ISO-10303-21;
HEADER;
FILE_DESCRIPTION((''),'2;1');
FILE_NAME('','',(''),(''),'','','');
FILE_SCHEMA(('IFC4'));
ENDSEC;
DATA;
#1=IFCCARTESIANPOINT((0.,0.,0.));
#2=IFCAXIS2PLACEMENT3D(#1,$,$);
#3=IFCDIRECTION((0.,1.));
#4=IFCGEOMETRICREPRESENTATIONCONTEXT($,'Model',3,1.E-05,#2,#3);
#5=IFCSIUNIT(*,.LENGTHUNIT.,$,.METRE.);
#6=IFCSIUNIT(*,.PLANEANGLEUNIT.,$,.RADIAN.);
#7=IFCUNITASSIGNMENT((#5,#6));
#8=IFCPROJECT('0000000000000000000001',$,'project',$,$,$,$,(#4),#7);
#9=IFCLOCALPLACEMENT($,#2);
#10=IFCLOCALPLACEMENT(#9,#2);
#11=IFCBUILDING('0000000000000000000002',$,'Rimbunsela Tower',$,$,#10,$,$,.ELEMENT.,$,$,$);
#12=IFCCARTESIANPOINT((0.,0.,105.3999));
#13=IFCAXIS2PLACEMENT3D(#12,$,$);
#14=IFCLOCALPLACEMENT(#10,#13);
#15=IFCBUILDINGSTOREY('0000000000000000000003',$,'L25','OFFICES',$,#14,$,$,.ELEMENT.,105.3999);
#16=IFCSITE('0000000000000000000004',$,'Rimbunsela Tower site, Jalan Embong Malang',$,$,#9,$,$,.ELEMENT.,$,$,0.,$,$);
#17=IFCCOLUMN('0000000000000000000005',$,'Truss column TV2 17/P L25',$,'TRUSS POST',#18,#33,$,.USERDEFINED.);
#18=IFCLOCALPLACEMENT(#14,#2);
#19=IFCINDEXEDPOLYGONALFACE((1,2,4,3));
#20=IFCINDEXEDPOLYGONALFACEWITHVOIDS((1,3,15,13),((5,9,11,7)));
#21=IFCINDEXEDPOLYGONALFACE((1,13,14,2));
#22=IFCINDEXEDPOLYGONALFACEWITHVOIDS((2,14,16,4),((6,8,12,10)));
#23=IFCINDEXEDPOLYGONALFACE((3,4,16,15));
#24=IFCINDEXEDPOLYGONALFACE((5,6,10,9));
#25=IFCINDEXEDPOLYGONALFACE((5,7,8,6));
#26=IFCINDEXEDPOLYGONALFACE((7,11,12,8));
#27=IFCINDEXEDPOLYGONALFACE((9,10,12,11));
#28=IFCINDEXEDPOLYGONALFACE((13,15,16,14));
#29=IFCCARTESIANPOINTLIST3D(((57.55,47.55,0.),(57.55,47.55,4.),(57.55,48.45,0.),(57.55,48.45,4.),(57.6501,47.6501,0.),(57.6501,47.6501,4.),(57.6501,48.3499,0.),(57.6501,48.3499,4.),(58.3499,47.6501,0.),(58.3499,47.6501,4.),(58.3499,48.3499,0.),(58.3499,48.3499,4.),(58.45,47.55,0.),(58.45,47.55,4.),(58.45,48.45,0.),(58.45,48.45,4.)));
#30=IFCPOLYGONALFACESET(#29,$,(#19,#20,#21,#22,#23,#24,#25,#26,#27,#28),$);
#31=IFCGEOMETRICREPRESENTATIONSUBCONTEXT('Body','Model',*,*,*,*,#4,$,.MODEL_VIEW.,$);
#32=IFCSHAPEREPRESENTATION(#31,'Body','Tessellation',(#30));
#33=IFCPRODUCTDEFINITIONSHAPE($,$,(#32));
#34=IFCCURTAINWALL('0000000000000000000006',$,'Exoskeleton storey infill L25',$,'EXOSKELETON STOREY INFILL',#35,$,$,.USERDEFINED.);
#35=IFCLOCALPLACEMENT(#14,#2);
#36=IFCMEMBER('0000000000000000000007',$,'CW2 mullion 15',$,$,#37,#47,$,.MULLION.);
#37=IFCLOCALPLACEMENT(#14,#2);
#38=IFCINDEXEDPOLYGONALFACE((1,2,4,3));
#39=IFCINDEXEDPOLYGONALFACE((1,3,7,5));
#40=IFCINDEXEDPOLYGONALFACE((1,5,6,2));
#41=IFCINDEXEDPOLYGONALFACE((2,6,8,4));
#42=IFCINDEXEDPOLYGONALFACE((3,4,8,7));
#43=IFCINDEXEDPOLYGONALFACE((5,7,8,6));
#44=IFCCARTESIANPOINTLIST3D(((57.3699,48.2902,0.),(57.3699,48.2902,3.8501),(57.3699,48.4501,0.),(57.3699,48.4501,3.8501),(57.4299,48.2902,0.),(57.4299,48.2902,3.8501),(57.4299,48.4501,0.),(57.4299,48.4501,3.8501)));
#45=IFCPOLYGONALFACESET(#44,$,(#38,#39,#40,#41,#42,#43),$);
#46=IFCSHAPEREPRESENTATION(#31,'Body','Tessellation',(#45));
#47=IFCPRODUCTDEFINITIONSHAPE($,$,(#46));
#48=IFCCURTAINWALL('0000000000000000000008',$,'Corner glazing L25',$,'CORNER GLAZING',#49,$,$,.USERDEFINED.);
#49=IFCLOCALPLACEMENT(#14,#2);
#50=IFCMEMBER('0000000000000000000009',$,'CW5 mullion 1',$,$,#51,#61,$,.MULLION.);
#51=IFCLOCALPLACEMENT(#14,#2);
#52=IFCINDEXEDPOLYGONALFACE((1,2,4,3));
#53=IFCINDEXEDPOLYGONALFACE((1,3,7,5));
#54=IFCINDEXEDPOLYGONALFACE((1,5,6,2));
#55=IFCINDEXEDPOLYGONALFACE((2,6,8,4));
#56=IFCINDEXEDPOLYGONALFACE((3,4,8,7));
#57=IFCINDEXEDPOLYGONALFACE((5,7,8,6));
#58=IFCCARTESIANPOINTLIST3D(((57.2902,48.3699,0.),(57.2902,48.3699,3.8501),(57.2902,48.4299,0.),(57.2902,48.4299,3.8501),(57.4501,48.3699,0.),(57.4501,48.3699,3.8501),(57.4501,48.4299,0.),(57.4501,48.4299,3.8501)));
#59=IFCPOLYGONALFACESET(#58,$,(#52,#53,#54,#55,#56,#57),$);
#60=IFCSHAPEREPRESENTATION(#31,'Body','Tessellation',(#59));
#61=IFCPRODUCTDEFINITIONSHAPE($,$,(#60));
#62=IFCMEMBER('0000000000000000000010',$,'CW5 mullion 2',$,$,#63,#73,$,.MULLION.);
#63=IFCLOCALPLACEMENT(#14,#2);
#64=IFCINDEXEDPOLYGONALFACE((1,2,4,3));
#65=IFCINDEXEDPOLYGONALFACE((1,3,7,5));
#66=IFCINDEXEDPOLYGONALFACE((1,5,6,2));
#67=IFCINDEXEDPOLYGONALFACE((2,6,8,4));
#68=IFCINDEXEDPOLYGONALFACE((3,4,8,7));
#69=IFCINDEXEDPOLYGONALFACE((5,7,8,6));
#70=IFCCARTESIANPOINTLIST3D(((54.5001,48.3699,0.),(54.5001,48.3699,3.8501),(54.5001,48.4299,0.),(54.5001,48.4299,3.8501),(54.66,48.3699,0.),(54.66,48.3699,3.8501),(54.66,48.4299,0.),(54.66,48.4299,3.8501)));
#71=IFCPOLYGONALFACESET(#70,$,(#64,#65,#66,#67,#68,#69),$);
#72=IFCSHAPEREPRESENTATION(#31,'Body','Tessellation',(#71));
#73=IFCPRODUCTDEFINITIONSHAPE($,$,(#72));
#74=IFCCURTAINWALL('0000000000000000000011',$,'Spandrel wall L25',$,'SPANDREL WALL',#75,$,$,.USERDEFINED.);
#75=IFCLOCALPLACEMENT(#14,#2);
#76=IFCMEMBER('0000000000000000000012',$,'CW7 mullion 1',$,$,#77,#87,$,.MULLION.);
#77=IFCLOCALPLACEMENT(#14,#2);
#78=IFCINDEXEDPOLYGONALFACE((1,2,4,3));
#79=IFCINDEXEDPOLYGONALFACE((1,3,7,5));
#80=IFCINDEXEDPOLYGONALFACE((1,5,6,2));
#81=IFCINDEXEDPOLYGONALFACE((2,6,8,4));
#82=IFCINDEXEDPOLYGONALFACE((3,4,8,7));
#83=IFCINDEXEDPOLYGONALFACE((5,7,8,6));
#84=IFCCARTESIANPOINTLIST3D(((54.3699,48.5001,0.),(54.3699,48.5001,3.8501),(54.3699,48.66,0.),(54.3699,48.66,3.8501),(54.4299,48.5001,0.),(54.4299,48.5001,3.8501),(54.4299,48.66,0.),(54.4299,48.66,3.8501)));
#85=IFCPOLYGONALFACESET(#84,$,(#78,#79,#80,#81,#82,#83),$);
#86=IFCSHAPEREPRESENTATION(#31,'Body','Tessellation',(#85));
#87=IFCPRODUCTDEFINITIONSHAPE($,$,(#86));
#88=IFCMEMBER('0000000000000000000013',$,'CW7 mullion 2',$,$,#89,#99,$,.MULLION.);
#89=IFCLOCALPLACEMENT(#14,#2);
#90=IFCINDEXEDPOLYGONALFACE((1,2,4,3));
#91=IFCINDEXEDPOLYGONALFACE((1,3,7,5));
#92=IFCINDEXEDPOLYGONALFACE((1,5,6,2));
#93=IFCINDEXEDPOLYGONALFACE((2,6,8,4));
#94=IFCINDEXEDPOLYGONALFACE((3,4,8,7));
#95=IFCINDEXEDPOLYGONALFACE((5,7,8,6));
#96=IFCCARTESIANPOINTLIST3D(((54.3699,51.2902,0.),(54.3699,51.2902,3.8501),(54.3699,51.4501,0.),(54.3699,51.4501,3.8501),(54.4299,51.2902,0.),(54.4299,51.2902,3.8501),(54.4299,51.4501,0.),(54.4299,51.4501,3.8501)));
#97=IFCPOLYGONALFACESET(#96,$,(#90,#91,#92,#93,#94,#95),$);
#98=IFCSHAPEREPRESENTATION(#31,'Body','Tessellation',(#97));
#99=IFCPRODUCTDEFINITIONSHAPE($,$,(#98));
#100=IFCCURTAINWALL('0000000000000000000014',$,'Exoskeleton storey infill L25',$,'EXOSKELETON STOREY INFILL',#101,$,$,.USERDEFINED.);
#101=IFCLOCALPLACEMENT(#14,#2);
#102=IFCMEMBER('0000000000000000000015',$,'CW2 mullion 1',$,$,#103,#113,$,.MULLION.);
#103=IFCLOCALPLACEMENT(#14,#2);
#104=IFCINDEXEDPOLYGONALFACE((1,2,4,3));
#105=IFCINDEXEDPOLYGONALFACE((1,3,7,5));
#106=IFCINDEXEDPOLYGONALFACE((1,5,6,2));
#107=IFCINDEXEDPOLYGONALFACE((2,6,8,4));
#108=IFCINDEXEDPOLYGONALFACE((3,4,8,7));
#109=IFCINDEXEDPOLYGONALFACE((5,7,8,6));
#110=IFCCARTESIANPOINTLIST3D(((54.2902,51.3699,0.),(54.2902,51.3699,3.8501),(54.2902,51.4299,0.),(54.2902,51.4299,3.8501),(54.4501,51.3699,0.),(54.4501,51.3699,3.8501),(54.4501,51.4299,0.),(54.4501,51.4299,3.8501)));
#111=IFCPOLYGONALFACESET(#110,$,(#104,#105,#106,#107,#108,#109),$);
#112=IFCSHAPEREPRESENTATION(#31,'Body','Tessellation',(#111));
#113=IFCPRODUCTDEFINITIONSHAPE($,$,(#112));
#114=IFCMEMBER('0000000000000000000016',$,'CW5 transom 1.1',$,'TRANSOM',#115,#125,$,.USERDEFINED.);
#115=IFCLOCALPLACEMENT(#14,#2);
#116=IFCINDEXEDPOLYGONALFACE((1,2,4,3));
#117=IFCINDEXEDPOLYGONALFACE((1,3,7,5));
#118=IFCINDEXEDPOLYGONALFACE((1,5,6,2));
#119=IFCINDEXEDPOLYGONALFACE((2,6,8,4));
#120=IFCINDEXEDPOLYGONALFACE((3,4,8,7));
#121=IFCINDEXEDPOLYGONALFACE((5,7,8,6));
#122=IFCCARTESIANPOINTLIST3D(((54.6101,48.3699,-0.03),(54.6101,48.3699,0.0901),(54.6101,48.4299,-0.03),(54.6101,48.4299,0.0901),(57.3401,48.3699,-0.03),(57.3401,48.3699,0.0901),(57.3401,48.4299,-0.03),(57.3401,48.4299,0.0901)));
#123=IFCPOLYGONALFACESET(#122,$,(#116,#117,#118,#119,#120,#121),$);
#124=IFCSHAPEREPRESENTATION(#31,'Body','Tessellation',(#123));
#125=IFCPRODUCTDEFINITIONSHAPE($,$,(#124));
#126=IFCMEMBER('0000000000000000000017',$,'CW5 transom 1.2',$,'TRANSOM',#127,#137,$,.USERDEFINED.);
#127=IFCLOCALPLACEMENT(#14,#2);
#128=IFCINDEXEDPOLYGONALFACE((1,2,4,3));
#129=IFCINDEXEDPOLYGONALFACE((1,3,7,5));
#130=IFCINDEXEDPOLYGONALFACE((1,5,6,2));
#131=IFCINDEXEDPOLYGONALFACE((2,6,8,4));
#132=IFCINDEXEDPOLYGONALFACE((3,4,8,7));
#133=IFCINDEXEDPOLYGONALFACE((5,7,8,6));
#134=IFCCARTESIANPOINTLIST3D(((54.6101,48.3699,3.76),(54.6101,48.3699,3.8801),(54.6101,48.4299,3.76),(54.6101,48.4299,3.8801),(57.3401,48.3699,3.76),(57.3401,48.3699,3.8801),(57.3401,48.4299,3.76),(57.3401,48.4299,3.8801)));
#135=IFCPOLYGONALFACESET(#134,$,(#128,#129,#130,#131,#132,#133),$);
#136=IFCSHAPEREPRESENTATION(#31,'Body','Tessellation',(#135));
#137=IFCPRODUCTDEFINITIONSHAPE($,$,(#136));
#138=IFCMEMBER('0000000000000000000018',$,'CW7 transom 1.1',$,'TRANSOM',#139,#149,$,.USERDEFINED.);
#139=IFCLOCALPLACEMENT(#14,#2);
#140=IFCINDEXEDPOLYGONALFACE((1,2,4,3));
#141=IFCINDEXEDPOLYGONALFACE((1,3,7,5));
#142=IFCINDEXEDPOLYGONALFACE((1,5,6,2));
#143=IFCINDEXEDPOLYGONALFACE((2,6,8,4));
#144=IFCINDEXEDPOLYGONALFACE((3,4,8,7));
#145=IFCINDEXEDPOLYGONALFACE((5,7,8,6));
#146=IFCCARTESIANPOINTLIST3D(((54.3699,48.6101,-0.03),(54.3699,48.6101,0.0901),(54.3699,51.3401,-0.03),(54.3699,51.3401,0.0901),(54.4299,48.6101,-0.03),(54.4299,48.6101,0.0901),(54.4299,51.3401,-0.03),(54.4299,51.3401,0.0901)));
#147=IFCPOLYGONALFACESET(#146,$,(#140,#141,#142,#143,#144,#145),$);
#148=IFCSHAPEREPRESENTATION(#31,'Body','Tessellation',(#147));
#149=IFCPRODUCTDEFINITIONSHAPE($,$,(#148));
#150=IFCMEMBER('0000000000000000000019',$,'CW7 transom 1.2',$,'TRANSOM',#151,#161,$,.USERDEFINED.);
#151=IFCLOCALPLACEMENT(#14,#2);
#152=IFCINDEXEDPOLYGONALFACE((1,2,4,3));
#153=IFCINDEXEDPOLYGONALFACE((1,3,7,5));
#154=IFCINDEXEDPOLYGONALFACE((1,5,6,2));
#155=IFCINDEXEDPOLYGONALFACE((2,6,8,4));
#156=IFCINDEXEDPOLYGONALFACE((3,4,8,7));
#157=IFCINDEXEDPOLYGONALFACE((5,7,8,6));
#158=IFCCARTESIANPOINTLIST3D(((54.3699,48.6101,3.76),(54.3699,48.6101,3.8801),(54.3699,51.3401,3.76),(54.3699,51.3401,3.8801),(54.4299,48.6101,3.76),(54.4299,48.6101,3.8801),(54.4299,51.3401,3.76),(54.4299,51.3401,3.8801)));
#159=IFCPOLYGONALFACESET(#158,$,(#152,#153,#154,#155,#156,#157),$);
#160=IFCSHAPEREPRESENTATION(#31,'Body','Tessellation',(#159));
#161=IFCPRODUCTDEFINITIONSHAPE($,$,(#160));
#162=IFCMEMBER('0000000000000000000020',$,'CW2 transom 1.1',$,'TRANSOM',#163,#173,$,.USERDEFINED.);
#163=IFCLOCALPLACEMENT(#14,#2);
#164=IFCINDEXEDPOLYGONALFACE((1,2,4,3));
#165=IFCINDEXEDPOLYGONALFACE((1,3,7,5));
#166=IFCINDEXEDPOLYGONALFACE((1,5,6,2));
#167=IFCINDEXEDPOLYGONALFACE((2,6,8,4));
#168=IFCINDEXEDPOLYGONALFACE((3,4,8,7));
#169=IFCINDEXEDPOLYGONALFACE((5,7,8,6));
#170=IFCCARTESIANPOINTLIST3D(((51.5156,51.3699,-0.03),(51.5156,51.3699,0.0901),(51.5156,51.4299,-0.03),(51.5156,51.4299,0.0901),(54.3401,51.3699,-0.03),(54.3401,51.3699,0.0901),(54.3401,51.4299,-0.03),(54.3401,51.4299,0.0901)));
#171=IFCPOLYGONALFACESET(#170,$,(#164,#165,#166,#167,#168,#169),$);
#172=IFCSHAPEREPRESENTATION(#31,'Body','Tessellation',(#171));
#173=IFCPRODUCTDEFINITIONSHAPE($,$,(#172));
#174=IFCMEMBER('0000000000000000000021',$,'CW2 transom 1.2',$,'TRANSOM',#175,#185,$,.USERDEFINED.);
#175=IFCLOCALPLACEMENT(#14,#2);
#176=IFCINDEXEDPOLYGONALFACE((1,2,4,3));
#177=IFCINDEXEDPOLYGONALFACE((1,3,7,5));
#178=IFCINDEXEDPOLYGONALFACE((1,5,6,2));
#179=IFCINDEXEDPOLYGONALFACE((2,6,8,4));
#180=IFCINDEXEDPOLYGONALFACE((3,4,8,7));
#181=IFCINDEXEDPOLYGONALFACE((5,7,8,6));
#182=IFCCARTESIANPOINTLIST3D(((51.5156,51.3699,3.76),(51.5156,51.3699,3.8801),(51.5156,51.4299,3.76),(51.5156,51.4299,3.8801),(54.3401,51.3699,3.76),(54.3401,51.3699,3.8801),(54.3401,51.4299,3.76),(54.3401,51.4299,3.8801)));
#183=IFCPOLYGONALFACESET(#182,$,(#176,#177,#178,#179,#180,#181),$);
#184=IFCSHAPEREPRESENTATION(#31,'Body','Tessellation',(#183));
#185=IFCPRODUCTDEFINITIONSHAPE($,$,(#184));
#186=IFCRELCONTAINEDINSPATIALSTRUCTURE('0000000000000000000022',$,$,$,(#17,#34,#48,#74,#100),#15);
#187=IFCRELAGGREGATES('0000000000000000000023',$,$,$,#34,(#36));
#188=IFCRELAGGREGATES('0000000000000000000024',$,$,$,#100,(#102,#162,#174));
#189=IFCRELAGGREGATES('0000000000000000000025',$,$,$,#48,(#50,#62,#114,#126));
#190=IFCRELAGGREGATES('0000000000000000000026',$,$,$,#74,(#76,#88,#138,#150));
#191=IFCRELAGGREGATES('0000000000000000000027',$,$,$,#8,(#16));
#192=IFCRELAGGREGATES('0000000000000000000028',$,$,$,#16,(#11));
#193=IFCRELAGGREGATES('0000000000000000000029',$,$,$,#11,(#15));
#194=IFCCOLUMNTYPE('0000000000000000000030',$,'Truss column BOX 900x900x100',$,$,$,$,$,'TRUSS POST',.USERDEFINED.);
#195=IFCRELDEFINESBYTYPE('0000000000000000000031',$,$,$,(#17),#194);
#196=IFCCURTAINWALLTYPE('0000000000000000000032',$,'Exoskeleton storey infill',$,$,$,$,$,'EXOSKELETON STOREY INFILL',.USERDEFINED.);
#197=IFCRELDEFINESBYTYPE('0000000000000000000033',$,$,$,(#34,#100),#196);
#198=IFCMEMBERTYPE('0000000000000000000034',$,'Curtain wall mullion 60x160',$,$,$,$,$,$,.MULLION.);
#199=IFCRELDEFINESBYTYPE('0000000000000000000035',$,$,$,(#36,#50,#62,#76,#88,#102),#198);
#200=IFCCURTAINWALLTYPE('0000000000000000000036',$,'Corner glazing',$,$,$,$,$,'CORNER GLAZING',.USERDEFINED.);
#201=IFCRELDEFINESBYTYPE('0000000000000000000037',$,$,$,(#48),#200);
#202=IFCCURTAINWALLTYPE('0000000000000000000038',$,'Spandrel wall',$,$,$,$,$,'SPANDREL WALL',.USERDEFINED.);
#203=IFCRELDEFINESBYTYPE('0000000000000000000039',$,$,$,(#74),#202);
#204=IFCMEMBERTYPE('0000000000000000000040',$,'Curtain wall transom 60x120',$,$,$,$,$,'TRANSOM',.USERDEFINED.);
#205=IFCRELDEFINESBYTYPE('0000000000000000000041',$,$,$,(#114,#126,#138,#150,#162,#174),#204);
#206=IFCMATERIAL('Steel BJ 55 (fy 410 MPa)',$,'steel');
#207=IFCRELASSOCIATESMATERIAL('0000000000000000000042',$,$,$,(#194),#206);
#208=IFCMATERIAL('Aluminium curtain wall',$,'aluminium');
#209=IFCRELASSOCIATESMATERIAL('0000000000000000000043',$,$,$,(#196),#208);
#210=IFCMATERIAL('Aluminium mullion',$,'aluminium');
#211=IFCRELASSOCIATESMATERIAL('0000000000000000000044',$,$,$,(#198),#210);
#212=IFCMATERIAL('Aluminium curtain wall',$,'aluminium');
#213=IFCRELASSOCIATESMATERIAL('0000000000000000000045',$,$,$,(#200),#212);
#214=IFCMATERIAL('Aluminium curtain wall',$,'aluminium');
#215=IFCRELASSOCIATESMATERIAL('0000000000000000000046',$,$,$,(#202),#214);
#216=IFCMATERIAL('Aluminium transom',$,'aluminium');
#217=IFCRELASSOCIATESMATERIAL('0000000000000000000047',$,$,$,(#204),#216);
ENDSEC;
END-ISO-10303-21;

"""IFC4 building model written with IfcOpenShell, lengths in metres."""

from ifc_helpers import new_model, si_unit, direction, frame, origin, origin_2d, place, context, subcontext, project, spatial, rectangle, hollow_rectangle, extrude, material, material_profile, profile_set, type_object, element, aggregate, save


model = new_model("IFC4")

# Units and contexts
model_context = context("Model", 3, precision=1e-05, world=origin(), true_north=direction((0.0, 1.0)))
body_context = subcontext(model_context, "Body", "Model", "MODEL_VIEW")
ifc_project = project(units=[si_unit("LENGTHUNIT", "METRE"), si_unit("PLANEANGLEUNIT", "RADIAN")], contexts=[model_context])

# Site, building, storey
site_placement = place(None, origin())
site = spatial("IfcSite", under=ifc_project, at=site_placement, Name="Rimbunsela Tower site, Jalan Embong Malang", CompositionType="ELEMENT", RefElevation=0.0)
building_placement = place(site_placement, origin())
building = spatial("IfcBuilding", under=site, at=building_placement, Name="Rimbunsela Tower", CompositionType="ELEMENT")
storey_placement = place(building_placement, frame((0.0, 0.0, 105.3999)))
storey = spatial("IfcBuildingStorey", under=building, at=storey_placement, Name="L25", Description="OFFICES", CompositionType="ELEMENT", Elevation=105.3999)

# Column
ifc_material_1 = material(Name="Steel BJ 55 (fy 410 MPa)", Category="steel")
ifc_material_profile_1 = material_profile(ifc_material_1, hollow_rectangle(XDim=0.8999, YDim=0.8999, WallThickness=0.1001, at=origin_2d()), Name="BOX 900x900x100")
ifc_profile_set_1 = profile_set([ifc_material_profile_1], Name="Steel BJ 55 (fy 410 MPa)")
column_type = type_object("IfcColumnType", Name="Truss column BOX 900x900x100", ElementType="TRUSS POST", PredefinedType="USERDEFINED", material=ifc_profile_set_1)
column_placement = place(storey_placement, frame((58.0, 48.0, 0.0), z_axis=(0.0, 0.0, 1.0), x_axis=(1.0, 0.0, 0.0)))
element("IfcColumn", 1, at=column_placement, inside=storey, type_object=column_type, Name="Truss column TV2 17/P L25", ObjectType="TRUSS POST", PredefinedType="USERDEFINED", context=body_context, shape_type="SweptSolid", body=[
    extrude(hollow_rectangle(XDim=0.8999, YDim=0.8999, WallThickness=0.1001, at=origin_2d()), origin(), (0.0, 0.0, 1.0), 4.0),
])

# Curtain wall, member
ifc_material_2 = material(Name="Aluminium curtain wall", Category="aluminium")
curtain_wall_type_1 = type_object("IfcCurtainWallType", Name="Exoskeleton storey infill", ElementType="EXOSKELETON STOREY INFILL", PredefinedType="USERDEFINED", material=ifc_material_2)
curtain_wall_1_placement = place(storey_placement, origin())
curtain_wall_1 = element("IfcCurtainWall", 2, at=curtain_wall_1_placement, inside=storey, type_object=curtain_wall_type_1, Name="Exoskeleton storey infill L25", ObjectType="EXOSKELETON STOREY INFILL", PredefinedType="USERDEFINED")
ifc_material_3 = material(Name="Aluminium mullion", Category="aluminium")
ifc_material_profile_2 = material_profile(ifc_material_3, rectangle(XDim=0.0601, YDim=0.1599, at=origin_2d()), Name="Mullion 60x160")
ifc_profile_set_2 = profile_set([ifc_material_profile_2], Name="Aluminium mullion")
member_type_1 = type_object("IfcMemberType", Name="Curtain wall mullion 60x160", PredefinedType="MULLION", material=ifc_profile_set_2)
member_1_placement = place(storey_placement, frame((57.3999, 48.3701, 0.0), z_axis=(0.0, 0.0, 1.0), x_axis=(-1.0, 0.0, 0.0)))
member_1 = element("IfcMember", 3, at=member_1_placement, type_object=member_type_1, Name="CW2 mullion 15", PredefinedType="MULLION", context=body_context, shape_type="SweptSolid", body=[
    extrude(rectangle(XDim=0.0601, YDim=0.1599, at=origin_2d()), origin(), (0.0, 0.0, 1.0), 3.8501),
])
aggregate(curtain_wall_1, [member_1])

# Curtain walls, members
ifc_material_4 = material(Name="Aluminium curtain wall", Category="aluminium")
curtain_wall_type_2 = type_object("IfcCurtainWallType", Name="Corner glazing", ElementType="CORNER GLAZING", PredefinedType="USERDEFINED", material=ifc_material_4)
curtain_wall_2_placement = place(storey_placement, origin())
curtain_wall_2 = element("IfcCurtainWall", 4, at=curtain_wall_2_placement, inside=storey, type_object=curtain_wall_type_2, Name="Corner glazing L25", ObjectType="CORNER GLAZING", PredefinedType="USERDEFINED")
member_2_placement = place(storey_placement, frame((57.3701, 48.3999, 0.0), z_axis=(0.0, 0.0, 1.0), x_axis=(0.0, -1.0, 0.0)))
member_2 = element("IfcMember", 5, at=member_2_placement, type_object=member_type_1, Name="CW5 mullion 1", PredefinedType="MULLION", context=body_context, shape_type="SweptSolid", body=[
    extrude(rectangle(XDim=0.0601, YDim=0.1599, at=origin_2d()), origin(), (0.0, 0.0, 1.0), 3.8501),
])
member_3_placement = place(storey_placement, frame((54.5801, 48.3999, 0.0), z_axis=(0.0, 0.0, 1.0), x_axis=(0.0, -1.0, 0.0)))
member_3 = element("IfcMember", 6, at=member_3_placement, type_object=member_type_1, Name="CW5 mullion 2", PredefinedType="MULLION", context=body_context, shape_type="SweptSolid", body=[
    extrude(rectangle(XDim=0.0601, YDim=0.1599, at=origin_2d()), origin(), (0.0, 0.0, 1.0), 3.8501),
])
ifc_material_5 = material(Name="Aluminium curtain wall", Category="aluminium")
curtain_wall_type_3 = type_object("IfcCurtainWallType", Name="Spandrel wall", ElementType="SPANDREL WALL", PredefinedType="USERDEFINED", material=ifc_material_5)
curtain_wall_3_placement = place(storey_placement, origin())
curtain_wall_3 = element("IfcCurtainWall", 7, at=curtain_wall_3_placement, inside=storey, type_object=curtain_wall_type_3, Name="Spandrel wall L25", ObjectType="SPANDREL WALL", PredefinedType="USERDEFINED")
member_4_placement = place(storey_placement, frame((54.3999, 48.5801, 0.0), z_axis=(0.0, 0.0, 1.0), x_axis=(-1.0, 0.0, 0.0)))
member_4 = element("IfcMember", 8, at=member_4_placement, type_object=member_type_1, Name="CW7 mullion 1", PredefinedType="MULLION", context=body_context, shape_type="SweptSolid", body=[
    extrude(rectangle(XDim=0.0601, YDim=0.1599, at=origin_2d()), origin(), (0.0, 0.0, 1.0), 3.8501),
])
member_5_placement = place(storey_placement, frame((54.3999, 51.3701, 0.0), z_axis=(0.0, 0.0, 1.0), x_axis=(-1.0, 0.0, 0.0)))
member_5 = element("IfcMember", 9, at=member_5_placement, type_object=member_type_1, Name="CW7 mullion 2", PredefinedType="MULLION", context=body_context, shape_type="SweptSolid", body=[
    extrude(rectangle(XDim=0.0601, YDim=0.1599, at=origin_2d()), origin(), (0.0, 0.0, 1.0), 3.8501),
])

# Curtain wall, member
curtain_wall_4_placement = place(storey_placement, origin())
curtain_wall_4 = element("IfcCurtainWall", 10, at=curtain_wall_4_placement, inside=storey, type_object=curtain_wall_type_1, Name="Exoskeleton storey infill L25", ObjectType="EXOSKELETON STOREY INFILL", PredefinedType="USERDEFINED")
member_6_placement = place(storey_placement, frame((54.3701, 51.3999, 0.0), z_axis=(0.0, 0.0, 1.0), x_axis=(0.0, -1.0, 0.0)))
member_6 = element("IfcMember", 11, at=member_6_placement, type_object=member_type_1, Name="CW2 mullion 1", PredefinedType="MULLION", context=body_context, shape_type="SweptSolid", body=[
    extrude(rectangle(XDim=0.0601, YDim=0.1599, at=origin_2d()), origin(), (0.0, 0.0, 1.0), 3.8501),
])

# Members
ifc_material_6 = material(Name="Aluminium transom", Category="aluminium")
ifc_material_profile_3 = material_profile(ifc_material_6, rectangle(XDim=0.0601, YDim=0.1201, at=origin_2d()), Name="Transom 60x120")
ifc_profile_set_3 = profile_set([ifc_material_profile_3], Name="Aluminium transom")
member_type_2 = type_object("IfcMemberType", Name="Curtain wall transom 60x120", ElementType="TRANSOM", PredefinedType="USERDEFINED", material=ifc_profile_set_3)
member_7_placement = place(storey_placement, frame((57.3401, 48.3999, 0.03), z_axis=(-1.0, 0.0, 0.0), x_axis=(0.0, -1.0, 0.0)))
member_7 = element("IfcMember", 12, at=member_7_placement, type_object=member_type_2, Name="CW5 transom 1.1", ObjectType="TRANSOM", PredefinedType="USERDEFINED", context=body_context, shape_type="SweptSolid", body=[
    extrude(rectangle(XDim=0.0601, YDim=0.1201, at=origin_2d()), origin(), (0.0, 0.0, 1.0), 2.73),
])
member_8_placement = place(storey_placement, frame((57.3401, 48.3999, 3.8201), z_axis=(-1.0, 0.0, 0.0), x_axis=(0.0, -1.0, 0.0)))
member_8 = element("IfcMember", 13, at=member_8_placement, type_object=member_type_2, Name="CW5 transom 1.2", ObjectType="TRANSOM", PredefinedType="USERDEFINED", context=body_context, shape_type="SweptSolid", body=[
    extrude(rectangle(XDim=0.0601, YDim=0.1201, at=origin_2d()), origin(), (0.0, 0.0, 1.0), 2.73),
])
member_9_placement = place(storey_placement, frame((54.3999, 48.6101, 0.03), z_axis=(0.0, 1.0, 0.0), x_axis=(-1.0, 0.0, 0.0)))
member_9 = element("IfcMember", 14, at=member_9_placement, type_object=member_type_2, Name="CW7 transom 1.1", ObjectType="TRANSOM", PredefinedType="USERDEFINED", context=body_context, shape_type="SweptSolid", body=[
    extrude(rectangle(XDim=0.0601, YDim=0.1201, at=origin_2d()), origin(), (0.0, 0.0, 1.0), 2.73),
])
member_10_placement = place(storey_placement, frame((54.3999, 48.6101, 3.8201), z_axis=(0.0, 1.0, 0.0), x_axis=(-1.0, 0.0, 0.0)))
member_10 = element("IfcMember", 15, at=member_10_placement, type_object=member_type_2, Name="CW7 transom 1.2", ObjectType="TRANSOM", PredefinedType="USERDEFINED", context=body_context, shape_type="SweptSolid", body=[
    extrude(rectangle(XDim=0.0601, YDim=0.1201, at=origin_2d()), origin(), (0.0, 0.0, 1.0), 2.73),
])
member_11_placement = place(storey_placement, frame((54.3401, 51.3999, 0.03), z_axis=(-1.0, 0.0, 0.0), x_axis=(0.0, -1.0, 0.0)))
member_11 = element("IfcMember", 16, at=member_11_placement, type_object=member_type_2, Name="CW2 transom 1.1", ObjectType="TRANSOM", PredefinedType="USERDEFINED", context=body_context, shape_type="SweptSolid", body=[
    extrude(rectangle(XDim=0.0601, YDim=0.1201, at=origin_2d()), origin(), (0.0, 0.0, 1.0), 2.8245),
])
member_12_placement = place(storey_placement, frame((54.3401, 51.3999, 3.8201), z_axis=(-1.0, 0.0, 0.0), x_axis=(0.0, -1.0, 0.0)))
member_12 = element("IfcMember", 17, at=member_12_placement, type_object=member_type_2, Name="CW2 transom 1.2", ObjectType="TRANSOM", PredefinedType="USERDEFINED", context=body_context, shape_type="SweptSolid", body=[
    extrude(rectangle(XDim=0.0601, YDim=0.1201, at=origin_2d()), origin(), (0.0, 0.0, 1.0), 2.8245),
])
aggregate(curtain_wall_4, [member_6, member_11, member_12])

aggregate(curtain_wall_2, [member_2, member_3, member_7, member_8])
aggregate(curtain_wall_3, [member_4, member_5, member_9, member_10])

save(model, "model.ifc")
